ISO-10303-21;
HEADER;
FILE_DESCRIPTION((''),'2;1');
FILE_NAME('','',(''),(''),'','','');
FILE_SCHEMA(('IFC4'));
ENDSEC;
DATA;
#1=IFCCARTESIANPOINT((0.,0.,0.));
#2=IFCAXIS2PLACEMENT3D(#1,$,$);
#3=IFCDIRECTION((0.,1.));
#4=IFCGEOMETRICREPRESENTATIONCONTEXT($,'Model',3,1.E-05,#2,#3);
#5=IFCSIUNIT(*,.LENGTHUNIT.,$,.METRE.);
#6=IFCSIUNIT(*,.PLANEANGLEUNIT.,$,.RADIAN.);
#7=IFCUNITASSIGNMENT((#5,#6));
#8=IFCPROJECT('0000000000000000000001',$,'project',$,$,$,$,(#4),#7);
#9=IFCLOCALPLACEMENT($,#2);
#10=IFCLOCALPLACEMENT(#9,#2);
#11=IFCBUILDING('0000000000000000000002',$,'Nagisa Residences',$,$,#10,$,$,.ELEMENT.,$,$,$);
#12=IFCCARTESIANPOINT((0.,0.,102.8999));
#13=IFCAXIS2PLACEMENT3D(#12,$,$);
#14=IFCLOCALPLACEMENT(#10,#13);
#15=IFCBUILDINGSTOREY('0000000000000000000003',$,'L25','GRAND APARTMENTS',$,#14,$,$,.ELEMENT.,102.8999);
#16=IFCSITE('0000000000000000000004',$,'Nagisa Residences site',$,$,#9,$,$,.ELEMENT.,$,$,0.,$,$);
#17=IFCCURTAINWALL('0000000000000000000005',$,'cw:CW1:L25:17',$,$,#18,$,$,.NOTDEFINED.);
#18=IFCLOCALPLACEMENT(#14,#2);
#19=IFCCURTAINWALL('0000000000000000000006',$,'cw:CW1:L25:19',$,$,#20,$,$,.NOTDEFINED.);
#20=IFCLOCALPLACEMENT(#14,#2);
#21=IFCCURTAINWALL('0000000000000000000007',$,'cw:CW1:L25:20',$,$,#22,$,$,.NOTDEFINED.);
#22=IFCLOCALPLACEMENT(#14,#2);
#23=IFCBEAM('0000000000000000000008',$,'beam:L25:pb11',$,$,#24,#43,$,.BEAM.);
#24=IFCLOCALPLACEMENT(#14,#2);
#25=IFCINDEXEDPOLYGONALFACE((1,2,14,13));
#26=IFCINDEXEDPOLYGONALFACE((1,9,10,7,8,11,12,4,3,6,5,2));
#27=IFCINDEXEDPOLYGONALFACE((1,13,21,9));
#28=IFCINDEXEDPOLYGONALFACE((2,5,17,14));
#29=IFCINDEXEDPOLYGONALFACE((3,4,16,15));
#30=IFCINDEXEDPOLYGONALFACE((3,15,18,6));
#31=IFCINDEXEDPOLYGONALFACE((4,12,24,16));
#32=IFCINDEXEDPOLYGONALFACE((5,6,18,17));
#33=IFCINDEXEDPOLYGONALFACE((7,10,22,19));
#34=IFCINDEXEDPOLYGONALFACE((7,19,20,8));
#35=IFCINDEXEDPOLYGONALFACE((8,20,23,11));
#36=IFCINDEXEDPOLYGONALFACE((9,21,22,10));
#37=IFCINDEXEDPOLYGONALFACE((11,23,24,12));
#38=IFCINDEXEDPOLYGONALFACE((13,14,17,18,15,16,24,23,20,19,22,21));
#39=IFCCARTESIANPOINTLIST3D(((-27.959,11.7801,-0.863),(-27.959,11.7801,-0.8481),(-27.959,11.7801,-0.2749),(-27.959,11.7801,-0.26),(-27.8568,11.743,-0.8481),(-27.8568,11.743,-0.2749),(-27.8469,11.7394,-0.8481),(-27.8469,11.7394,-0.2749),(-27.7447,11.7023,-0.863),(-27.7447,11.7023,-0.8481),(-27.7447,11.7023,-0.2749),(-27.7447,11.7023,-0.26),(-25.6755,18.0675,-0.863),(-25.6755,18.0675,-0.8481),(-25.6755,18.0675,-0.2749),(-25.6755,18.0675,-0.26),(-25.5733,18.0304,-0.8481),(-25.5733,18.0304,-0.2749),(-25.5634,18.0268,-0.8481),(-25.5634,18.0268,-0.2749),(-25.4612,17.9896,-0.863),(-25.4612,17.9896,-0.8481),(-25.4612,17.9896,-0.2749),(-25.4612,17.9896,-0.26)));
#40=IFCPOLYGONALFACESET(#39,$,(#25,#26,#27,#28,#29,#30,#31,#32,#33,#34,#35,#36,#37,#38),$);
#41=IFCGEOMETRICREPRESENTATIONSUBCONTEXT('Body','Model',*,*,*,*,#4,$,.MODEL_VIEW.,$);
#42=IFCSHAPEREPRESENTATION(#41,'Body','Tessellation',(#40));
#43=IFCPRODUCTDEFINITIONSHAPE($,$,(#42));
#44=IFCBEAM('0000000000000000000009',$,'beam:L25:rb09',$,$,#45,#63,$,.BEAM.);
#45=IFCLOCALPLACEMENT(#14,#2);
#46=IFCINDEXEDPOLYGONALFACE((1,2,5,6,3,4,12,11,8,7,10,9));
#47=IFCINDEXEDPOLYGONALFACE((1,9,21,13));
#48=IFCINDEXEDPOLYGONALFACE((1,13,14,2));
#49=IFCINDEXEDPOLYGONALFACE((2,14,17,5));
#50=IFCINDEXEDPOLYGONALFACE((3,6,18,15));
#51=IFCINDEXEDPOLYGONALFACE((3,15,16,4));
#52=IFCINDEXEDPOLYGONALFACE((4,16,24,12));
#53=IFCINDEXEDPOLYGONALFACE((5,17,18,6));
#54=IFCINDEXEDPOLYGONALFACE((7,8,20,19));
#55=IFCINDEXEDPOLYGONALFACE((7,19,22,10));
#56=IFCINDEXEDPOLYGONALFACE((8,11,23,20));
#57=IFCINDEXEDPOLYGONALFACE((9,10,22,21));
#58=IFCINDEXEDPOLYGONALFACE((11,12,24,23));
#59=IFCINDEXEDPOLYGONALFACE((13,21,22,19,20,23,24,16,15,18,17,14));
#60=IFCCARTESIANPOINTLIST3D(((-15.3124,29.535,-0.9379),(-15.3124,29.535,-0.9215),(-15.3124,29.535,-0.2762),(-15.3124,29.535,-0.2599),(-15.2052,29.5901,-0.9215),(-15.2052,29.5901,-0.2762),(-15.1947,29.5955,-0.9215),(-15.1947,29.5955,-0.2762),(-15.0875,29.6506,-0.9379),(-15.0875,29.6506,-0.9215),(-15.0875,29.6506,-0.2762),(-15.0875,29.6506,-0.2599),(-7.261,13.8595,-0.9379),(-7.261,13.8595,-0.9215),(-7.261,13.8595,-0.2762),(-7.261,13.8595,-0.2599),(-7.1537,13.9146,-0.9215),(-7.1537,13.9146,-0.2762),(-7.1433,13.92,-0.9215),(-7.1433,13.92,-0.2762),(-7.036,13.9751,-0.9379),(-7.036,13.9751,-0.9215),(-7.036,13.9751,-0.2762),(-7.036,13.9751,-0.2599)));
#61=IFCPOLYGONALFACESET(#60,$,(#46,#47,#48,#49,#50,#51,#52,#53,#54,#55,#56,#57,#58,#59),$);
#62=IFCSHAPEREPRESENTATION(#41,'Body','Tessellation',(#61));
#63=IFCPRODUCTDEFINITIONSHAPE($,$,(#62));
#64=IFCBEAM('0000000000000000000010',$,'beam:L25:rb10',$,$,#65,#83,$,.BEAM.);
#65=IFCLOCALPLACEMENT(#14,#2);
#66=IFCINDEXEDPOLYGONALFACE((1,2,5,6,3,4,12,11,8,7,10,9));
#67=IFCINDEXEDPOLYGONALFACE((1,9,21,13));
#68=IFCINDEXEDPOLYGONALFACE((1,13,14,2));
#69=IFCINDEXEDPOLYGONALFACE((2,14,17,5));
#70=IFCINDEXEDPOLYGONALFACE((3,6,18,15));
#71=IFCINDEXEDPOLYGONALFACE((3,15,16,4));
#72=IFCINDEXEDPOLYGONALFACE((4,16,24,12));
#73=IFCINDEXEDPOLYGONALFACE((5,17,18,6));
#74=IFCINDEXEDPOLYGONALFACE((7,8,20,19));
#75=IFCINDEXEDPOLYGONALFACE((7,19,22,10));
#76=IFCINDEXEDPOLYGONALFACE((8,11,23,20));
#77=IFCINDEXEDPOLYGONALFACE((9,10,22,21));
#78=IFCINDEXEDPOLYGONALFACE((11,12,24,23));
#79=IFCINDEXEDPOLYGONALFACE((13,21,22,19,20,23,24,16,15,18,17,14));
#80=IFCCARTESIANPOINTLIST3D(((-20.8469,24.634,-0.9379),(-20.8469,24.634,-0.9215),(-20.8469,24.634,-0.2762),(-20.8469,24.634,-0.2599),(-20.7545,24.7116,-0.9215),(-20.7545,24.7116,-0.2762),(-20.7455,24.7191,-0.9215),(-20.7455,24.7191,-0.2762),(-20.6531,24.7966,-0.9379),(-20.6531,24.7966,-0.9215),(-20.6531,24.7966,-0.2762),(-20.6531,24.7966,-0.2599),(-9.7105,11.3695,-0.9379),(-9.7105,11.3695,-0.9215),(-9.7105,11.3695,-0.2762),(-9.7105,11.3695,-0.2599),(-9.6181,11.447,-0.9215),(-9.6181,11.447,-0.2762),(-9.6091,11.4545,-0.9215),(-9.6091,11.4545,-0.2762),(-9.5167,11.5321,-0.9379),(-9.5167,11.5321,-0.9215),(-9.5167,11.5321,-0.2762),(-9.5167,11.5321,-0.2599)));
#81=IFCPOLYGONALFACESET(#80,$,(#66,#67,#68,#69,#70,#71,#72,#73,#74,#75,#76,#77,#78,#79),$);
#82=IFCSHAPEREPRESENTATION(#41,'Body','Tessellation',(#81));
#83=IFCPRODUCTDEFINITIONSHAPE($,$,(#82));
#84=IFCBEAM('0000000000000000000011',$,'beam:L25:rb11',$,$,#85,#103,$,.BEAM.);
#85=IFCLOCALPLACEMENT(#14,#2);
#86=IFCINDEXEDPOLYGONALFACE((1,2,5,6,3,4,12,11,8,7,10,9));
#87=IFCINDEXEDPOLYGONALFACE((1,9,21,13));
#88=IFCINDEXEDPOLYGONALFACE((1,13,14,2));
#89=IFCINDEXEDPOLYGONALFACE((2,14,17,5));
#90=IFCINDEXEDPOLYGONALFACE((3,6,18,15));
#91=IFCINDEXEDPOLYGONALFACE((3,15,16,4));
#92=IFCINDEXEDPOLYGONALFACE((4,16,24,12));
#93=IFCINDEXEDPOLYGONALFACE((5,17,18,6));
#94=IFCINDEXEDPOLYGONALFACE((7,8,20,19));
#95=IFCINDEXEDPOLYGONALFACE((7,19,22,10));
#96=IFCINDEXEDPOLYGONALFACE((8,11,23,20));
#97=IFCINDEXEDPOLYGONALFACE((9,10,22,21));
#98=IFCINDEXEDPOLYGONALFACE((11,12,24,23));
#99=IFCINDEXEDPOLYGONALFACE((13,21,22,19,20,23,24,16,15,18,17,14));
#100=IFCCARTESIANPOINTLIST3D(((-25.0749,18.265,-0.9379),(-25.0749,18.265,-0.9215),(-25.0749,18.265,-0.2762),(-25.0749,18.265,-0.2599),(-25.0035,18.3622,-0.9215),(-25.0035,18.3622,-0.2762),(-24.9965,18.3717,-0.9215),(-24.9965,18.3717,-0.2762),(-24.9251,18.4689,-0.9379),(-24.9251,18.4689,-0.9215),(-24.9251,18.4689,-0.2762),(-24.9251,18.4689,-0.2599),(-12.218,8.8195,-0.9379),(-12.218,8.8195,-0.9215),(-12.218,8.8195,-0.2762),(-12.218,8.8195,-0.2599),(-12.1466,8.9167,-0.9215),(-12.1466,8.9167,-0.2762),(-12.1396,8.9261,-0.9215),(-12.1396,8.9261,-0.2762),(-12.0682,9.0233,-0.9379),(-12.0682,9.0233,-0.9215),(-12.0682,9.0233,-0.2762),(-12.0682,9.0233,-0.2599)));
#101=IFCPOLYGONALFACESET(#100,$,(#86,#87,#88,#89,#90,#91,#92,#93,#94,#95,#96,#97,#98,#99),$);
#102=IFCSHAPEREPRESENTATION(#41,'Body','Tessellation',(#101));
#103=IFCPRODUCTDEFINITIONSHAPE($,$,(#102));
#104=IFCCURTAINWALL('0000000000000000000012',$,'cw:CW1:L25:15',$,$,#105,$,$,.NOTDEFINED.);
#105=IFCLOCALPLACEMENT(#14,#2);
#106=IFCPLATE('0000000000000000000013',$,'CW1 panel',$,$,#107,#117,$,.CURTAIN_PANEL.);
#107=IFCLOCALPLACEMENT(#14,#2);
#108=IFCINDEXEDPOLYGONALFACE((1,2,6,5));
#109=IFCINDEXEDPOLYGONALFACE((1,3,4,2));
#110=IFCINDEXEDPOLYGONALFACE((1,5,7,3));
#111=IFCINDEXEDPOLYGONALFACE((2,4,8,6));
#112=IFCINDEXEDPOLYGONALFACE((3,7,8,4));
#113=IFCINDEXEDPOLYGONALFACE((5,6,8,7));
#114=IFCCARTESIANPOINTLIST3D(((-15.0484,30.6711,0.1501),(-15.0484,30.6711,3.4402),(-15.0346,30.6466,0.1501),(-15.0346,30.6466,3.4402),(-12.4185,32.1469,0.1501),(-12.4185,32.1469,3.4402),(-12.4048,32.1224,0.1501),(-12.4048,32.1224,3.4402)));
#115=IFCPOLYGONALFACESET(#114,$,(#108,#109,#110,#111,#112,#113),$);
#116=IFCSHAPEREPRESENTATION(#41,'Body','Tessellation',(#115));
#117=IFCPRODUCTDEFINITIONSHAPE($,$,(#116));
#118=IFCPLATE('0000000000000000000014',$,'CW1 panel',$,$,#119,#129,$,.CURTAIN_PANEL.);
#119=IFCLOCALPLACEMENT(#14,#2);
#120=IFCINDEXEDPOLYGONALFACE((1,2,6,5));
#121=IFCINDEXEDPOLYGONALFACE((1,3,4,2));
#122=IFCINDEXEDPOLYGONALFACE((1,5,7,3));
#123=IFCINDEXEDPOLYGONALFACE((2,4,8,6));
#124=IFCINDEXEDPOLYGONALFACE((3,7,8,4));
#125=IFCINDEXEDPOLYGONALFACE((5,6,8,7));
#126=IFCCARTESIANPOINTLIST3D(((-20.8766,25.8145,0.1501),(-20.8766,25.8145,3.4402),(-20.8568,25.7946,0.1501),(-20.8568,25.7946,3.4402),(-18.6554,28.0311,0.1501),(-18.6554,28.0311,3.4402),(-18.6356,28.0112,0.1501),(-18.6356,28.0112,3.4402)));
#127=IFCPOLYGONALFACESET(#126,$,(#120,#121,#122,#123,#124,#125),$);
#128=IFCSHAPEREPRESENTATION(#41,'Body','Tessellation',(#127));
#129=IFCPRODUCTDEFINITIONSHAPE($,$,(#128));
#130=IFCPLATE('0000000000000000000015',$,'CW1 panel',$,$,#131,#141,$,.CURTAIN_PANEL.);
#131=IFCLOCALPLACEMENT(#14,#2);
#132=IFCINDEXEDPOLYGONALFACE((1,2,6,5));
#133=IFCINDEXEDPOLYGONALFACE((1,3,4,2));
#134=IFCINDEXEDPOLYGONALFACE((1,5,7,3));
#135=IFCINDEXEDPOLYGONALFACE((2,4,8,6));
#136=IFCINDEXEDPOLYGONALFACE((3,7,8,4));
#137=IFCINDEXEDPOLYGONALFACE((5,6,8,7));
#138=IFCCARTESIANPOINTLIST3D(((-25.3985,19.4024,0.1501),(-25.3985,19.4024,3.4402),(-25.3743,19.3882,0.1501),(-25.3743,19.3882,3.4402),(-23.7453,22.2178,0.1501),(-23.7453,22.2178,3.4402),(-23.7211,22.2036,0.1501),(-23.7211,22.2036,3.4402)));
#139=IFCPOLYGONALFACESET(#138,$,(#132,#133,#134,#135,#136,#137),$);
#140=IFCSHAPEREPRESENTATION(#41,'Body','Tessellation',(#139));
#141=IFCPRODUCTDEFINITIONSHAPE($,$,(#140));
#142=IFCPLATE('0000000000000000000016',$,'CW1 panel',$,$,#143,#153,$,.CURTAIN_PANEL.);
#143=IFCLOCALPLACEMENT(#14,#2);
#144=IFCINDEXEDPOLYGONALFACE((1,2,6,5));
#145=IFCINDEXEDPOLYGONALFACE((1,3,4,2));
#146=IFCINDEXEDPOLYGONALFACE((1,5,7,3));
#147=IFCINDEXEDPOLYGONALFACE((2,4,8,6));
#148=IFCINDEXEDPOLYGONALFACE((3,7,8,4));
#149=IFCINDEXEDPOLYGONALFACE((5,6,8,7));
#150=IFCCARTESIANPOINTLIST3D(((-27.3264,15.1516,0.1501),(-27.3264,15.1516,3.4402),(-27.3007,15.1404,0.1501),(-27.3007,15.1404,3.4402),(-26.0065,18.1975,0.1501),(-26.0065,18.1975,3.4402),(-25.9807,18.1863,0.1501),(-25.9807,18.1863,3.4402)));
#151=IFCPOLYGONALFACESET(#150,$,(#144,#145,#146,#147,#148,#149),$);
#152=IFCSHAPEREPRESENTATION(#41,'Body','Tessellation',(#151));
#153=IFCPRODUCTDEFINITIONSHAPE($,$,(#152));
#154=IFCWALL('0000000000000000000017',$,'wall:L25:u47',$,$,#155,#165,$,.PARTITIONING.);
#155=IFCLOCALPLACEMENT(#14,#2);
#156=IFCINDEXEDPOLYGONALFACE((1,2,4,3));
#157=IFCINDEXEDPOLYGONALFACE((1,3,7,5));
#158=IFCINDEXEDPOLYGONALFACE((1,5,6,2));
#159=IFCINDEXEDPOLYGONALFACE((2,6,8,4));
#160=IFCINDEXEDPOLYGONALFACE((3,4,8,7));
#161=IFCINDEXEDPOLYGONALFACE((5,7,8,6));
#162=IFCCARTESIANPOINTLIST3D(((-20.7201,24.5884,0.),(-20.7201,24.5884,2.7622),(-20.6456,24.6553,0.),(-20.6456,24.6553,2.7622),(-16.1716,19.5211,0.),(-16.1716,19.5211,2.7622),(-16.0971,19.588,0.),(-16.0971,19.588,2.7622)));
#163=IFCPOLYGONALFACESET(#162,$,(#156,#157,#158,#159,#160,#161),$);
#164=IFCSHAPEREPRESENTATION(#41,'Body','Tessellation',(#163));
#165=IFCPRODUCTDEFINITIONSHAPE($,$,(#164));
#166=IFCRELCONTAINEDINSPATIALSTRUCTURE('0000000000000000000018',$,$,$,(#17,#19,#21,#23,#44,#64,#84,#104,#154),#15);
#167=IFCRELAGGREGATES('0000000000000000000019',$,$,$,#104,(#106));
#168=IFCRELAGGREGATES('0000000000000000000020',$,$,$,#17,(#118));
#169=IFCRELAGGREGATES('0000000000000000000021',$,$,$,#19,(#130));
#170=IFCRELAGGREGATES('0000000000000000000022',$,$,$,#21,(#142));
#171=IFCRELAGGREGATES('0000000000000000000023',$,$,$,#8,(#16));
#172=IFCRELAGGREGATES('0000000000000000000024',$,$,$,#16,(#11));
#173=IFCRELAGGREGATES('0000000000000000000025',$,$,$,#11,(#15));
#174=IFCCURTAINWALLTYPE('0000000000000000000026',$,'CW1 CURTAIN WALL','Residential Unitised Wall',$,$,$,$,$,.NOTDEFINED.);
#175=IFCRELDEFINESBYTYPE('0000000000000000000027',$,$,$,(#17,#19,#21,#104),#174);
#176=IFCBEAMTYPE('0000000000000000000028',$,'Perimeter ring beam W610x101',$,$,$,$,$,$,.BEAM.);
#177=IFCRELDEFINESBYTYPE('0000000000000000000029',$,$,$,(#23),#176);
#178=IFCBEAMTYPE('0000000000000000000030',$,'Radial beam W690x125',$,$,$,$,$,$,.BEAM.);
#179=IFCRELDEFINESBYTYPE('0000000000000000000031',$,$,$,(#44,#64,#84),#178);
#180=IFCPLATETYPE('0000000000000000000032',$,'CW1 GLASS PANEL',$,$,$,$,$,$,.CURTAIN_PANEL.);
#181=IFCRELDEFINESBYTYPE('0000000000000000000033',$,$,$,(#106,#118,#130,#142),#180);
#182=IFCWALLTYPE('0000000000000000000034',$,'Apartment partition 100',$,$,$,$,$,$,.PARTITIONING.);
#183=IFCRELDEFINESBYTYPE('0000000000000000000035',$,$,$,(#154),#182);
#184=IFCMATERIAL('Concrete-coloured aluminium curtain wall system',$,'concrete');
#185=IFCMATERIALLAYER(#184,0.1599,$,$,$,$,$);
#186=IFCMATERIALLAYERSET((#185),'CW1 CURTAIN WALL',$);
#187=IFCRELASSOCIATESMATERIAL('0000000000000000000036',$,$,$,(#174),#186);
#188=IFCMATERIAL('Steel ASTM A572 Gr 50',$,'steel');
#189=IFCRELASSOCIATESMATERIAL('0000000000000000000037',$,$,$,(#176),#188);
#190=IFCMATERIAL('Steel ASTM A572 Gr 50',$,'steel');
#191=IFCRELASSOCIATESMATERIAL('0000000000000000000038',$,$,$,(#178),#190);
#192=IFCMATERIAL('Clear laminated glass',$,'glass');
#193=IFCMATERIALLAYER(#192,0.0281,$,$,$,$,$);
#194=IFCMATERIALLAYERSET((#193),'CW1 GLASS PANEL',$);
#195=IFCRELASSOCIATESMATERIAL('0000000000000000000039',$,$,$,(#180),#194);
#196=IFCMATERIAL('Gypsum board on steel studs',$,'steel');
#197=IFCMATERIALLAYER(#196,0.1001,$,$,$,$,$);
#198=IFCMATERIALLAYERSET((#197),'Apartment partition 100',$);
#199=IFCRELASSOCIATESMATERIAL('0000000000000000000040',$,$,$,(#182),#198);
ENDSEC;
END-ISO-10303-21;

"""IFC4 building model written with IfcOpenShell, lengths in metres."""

from ifc_helpers import new_model, si_unit, direction, frame, frame_2d, origin, origin_2d, place, context, subcontext, project, spatial, rectangle, i_section, extrude, material, layer, layer_set, material_profile, profile_set, type_object, element, aggregate, save


model = new_model("IFC4")

# Units and contexts
model_context = context("Model", 3, precision=1e-05, world=origin(), true_north=direction((0.0, 1.0)))
body_context = subcontext(model_context, "Body", "Model", "MODEL_VIEW")
ifc_project = project(units=[si_unit("LENGTHUNIT", "METRE"), si_unit("PLANEANGLEUNIT", "RADIAN")], contexts=[model_context])

# Site, building, storey
site_placement = place(None, origin())
site = spatial("IfcSite", under=ifc_project, at=site_placement, Name="Nagisa Residences site", CompositionType="ELEMENT", RefElevation=0.0)
building_placement = place(site_placement, origin())
building = spatial("IfcBuilding", under=site, at=building_placement, Name="Nagisa Residences", CompositionType="ELEMENT")
storey_placement = place(building_placement, frame((0.0, 0.0, 102.8999)))
storey = spatial("IfcBuildingStorey", under=building, at=storey_placement, Name="L25", Description="GRAND APARTMENTS", CompositionType="ELEMENT", Elevation=102.8999)

# Curtain walls
ifc_material_1 = material(Name="Concrete-coloured aluminium curtain wall system", Category="concrete")
ifc_layer_1 = layer(ifc_material_1, 0.1599)
ifc_layer_set_1 = layer_set([ifc_layer_1], Name="CW1 CURTAIN WALL")
curtain_wall_type = type_object("IfcCurtainWallType", Name="CW1 CURTAIN WALL", Description="Residential Unitised Wall", PredefinedType="NOTDEFINED", material=ifc_layer_set_1)
curtain_wall_1_placement = place(storey_placement, origin())
curtain_wall_1 = element("IfcCurtainWall", 1, at=curtain_wall_1_placement, inside=storey, type_object=curtain_wall_type, Name="cw:CW1:L25:17", PredefinedType="NOTDEFINED")
curtain_wall_2_placement = place(storey_placement, origin())
curtain_wall_2 = element("IfcCurtainWall", 2, at=curtain_wall_2_placement, inside=storey, type_object=curtain_wall_type, Name="cw:CW1:L25:19", PredefinedType="NOTDEFINED")
curtain_wall_3_placement = place(storey_placement, origin())
curtain_wall_3 = element("IfcCurtainWall", 3, at=curtain_wall_3_placement, inside=storey, type_object=curtain_wall_type, Name="cw:CW1:L25:20", PredefinedType="NOTDEFINED")

# Beams
ifc_material_2 = material(Name="Steel ASTM A572 Gr 50", Category="steel")
ifc_material_profile_1 = material_profile(ifc_material_2, i_section(OverallWidth=0.228, OverallDepth=0.603, WebThickness=0.0105, FlangeThickness=0.0149, at=origin_2d()), Name="W610x101")
ifc_profile_set_1 = profile_set([ifc_material_profile_1], Name="Steel ASTM A572 Gr 50")
beam_type_1 = type_object("IfcBeamType", Name="Perimeter ring beam W610x101", PredefinedType="BEAM", material=ifc_profile_set_1)
beam_1_placement = place(storey_placement, frame((-25.5684, 18.0286, -0.5615), z_axis=(-0.341365, -0.939931, 0.0), x_axis=(0.939931, -0.341365, 0.0)))
element("IfcBeam", 4, at=beam_1_placement, inside=storey, type_object=beam_type_1, Name="beam:L25:pb11", PredefinedType="BEAM", context=body_context, shape_type="SweptSolid", body=[
    extrude(i_section(OverallWidth=0.228, OverallDepth=0.603, WebThickness=0.0105, FlangeThickness=0.0149, at=origin_2d()), origin(), (0.0, 0.0, 1.0), 6.6892),
])
ifc_material_3 = material(Name="Steel ASTM A572 Gr 50", Category="steel")
ifc_material_profile_2 = material_profile(ifc_material_3, i_section(OverallWidth=0.2529, OverallDepth=0.678, WebThickness=0.0117, FlangeThickness=0.0164, at=origin_2d()), Name="W690x125")
ifc_profile_set_2 = profile_set([ifc_material_profile_2], Name="Steel ASTM A572 Gr 50")
beam_type_2 = type_object("IfcBeamType", Name="Radial beam W690x125", PredefinedType="BEAM", material=ifc_profile_set_2)
beam_2_placement = place(storey_placement, frame((-15.2, 29.5928, -0.5989), z_axis=(0.456891, -0.889523, 0.0), x_axis=(0.889523, 0.456891, 0.0)))
element("IfcBeam", 5, at=beam_2_placement, inside=storey, type_object=beam_type_2, Name="beam:L25:rb09", PredefinedType="BEAM", context=body_context, shape_type="SweptSolid", body=[
    extrude(i_section(OverallWidth=0.2529, OverallDepth=0.678, WebThickness=0.0117, FlangeThickness=0.0164, at=origin_2d()), origin(), (0.0, 0.0, 1.0), 17.6223),
])
beam_3_placement = place(storey_placement, frame((-20.75, 24.7153, -0.5989), z_axis=(0.642995, -0.765871, 0.0), x_axis=(0.765871, 0.642995, 0.0)))
element("IfcBeam", 6, at=beam_3_placement, inside=storey, type_object=beam_type_2, Name="beam:L25:rb10", PredefinedType="BEAM", context=body_context, shape_type="SweptSolid", body=[
    extrude(i_section(OverallWidth=0.2529, OverallDepth=0.678, WebThickness=0.0117, FlangeThickness=0.0164, at=origin_2d()), origin(), (0.0, 0.0, 1.0), 17.3196),
])
beam_4_placement = place(storey_placement, frame((-25.0, 18.3669, -0.5989), z_axis=(0.805892, -0.592062, 0.0), x_axis=(0.592062, 0.805892, 0.0)))
element("IfcBeam", 7, at=beam_4_placement, inside=storey, type_object=beam_type_2, Name="beam:L25:rb11", PredefinedType="BEAM", context=body_context, shape_type="SweptSolid", body=[
    extrude(i_section(OverallWidth=0.2529, OverallDepth=0.678, WebThickness=0.0117, FlangeThickness=0.0164, at=origin_2d()), origin(), (0.0, 0.0, 1.0), 15.9536),
])

# Curtain wall, plate
curtain_wall_4_placement = place(storey_placement, origin())
curtain_wall_4 = element("IfcCurtainWall", 8, at=curtain_wall_4_placement, inside=storey, type_object=curtain_wall_type, Name="cw:CW1:L25:15", PredefinedType="NOTDEFINED")
ifc_material_4 = material(Name="Clear laminated glass", Category="glass")
ifc_layer_2 = layer(ifc_material_4, 0.0281)
ifc_layer_set_2 = layer_set([ifc_layer_2], Name="CW1 GLASS PANEL")
plate_type = type_object("IfcPlateType", Name="CW1 GLASS PANEL", PredefinedType="CURTAIN_PANEL", material=ifc_layer_set_2)
plate_1_placement = place(storey_placement, frame((-13.7266, 31.3967, 0.1501), z_axis=(0.0, 0.0, 1.0), x_axis=(-0.872072, -0.489377, 0.0)))
plate_1 = element("IfcPlate", 9, at=plate_1_placement, type_object=plate_type, Name="CW1 panel", PredefinedType="CURTAIN_PANEL", context=body_context, shape_type="SweptSolid", body=[
    extrude(rectangle(XDim=3.0156, YDim=0.0281, at=origin_2d()), origin(), (0.0, 0.0, 1.0), 3.29),
])
aggregate(curtain_wall_4, [plate_1])

# Plates
plate_2_placement = place(storey_placement, frame((-19.7561, 26.9128, 0.1501), z_axis=(0.0, 0.0, 1.0), x_axis=(-0.707836, -0.706377, 0.0)))
plate_2 = element("IfcPlate", 10, at=plate_2_placement, type_object=plate_type, Name="CW1 panel", PredefinedType="CURTAIN_PANEL", context=body_context, shape_type="SweptSolid", body=[
    extrude(rectangle(XDim=3.1379, YDim=0.0281, at=origin_2d()), origin(), (0.0, 0.0, 1.0), 3.29),
])
aggregate(curtain_wall_1, [plate_2])
plate_3_placement = place(storey_placement, frame((-24.5598, 20.803, 0.1501), z_axis=(0.0, 0.0, 1.0), x_axis=(-0.506349, -0.862329, 0.0)))
plate_3 = element("IfcPlate", 11, at=plate_3_placement, type_object=plate_type, Name="CW1 panel", PredefinedType="CURTAIN_PANEL", context=body_context, shape_type="SweptSolid", body=[
    extrude(rectangle(XDim=3.2649, YDim=0.0281, at=origin_2d()), origin(), (0.0, 0.0, 1.0), 3.29),
])
aggregate(curtain_wall_2, [plate_3])
plate_4_placement = place(storey_placement, frame((-26.6536, 16.6689, 0.1501), z_axis=(0.0, 0.0, 1.0), x_axis=(-0.397636, -0.917543, 0.0)))
plate_4 = element("IfcPlate", 12, at=plate_4_placement, type_object=plate_type, Name="CW1 panel", PredefinedType="CURTAIN_PANEL", context=body_context, shape_type="SweptSolid", body=[
    extrude(rectangle(XDim=3.3196, YDim=0.0281, at=origin_2d()), origin(), (0.0, 0.0, 1.0), 3.29),
])
aggregate(curtain_wall_3, [plate_4])

# Wall
ifc_material_5 = material(Name="Gypsum board on steel studs", Category="steel")
ifc_layer_3 = layer(ifc_material_5, 0.1001)
ifc_layer_set_3 = layer_set([ifc_layer_3], Name="Apartment partition 100")
wall_type_1 = type_object("IfcWallType", Name="Apartment partition 100", PredefinedType="PARTITIONING", material=ifc_layer_set_3)
wall_1_placement = place(storey_placement, frame((-16.1343, 19.5544, 0.0), z_axis=(0.0, 0.0, 1.0), x_axis=(-0.667986, 0.744174, 0.0)))
element("IfcWall", 13, at=wall_1_placement, inside=storey, type_object=wall_type_1, Name="wall:L25:u47", PredefinedType="PARTITIONING", context=body_context, shape_type="SweptSolid", body=[
    extrude(rectangle(XDim=6.8093, YDim=0.1001, at=frame_2d((3.4048, 0.0))), origin(), (0.0, 0.0, 1.0), 2.7622),
])

save(model, "model.ifc")
